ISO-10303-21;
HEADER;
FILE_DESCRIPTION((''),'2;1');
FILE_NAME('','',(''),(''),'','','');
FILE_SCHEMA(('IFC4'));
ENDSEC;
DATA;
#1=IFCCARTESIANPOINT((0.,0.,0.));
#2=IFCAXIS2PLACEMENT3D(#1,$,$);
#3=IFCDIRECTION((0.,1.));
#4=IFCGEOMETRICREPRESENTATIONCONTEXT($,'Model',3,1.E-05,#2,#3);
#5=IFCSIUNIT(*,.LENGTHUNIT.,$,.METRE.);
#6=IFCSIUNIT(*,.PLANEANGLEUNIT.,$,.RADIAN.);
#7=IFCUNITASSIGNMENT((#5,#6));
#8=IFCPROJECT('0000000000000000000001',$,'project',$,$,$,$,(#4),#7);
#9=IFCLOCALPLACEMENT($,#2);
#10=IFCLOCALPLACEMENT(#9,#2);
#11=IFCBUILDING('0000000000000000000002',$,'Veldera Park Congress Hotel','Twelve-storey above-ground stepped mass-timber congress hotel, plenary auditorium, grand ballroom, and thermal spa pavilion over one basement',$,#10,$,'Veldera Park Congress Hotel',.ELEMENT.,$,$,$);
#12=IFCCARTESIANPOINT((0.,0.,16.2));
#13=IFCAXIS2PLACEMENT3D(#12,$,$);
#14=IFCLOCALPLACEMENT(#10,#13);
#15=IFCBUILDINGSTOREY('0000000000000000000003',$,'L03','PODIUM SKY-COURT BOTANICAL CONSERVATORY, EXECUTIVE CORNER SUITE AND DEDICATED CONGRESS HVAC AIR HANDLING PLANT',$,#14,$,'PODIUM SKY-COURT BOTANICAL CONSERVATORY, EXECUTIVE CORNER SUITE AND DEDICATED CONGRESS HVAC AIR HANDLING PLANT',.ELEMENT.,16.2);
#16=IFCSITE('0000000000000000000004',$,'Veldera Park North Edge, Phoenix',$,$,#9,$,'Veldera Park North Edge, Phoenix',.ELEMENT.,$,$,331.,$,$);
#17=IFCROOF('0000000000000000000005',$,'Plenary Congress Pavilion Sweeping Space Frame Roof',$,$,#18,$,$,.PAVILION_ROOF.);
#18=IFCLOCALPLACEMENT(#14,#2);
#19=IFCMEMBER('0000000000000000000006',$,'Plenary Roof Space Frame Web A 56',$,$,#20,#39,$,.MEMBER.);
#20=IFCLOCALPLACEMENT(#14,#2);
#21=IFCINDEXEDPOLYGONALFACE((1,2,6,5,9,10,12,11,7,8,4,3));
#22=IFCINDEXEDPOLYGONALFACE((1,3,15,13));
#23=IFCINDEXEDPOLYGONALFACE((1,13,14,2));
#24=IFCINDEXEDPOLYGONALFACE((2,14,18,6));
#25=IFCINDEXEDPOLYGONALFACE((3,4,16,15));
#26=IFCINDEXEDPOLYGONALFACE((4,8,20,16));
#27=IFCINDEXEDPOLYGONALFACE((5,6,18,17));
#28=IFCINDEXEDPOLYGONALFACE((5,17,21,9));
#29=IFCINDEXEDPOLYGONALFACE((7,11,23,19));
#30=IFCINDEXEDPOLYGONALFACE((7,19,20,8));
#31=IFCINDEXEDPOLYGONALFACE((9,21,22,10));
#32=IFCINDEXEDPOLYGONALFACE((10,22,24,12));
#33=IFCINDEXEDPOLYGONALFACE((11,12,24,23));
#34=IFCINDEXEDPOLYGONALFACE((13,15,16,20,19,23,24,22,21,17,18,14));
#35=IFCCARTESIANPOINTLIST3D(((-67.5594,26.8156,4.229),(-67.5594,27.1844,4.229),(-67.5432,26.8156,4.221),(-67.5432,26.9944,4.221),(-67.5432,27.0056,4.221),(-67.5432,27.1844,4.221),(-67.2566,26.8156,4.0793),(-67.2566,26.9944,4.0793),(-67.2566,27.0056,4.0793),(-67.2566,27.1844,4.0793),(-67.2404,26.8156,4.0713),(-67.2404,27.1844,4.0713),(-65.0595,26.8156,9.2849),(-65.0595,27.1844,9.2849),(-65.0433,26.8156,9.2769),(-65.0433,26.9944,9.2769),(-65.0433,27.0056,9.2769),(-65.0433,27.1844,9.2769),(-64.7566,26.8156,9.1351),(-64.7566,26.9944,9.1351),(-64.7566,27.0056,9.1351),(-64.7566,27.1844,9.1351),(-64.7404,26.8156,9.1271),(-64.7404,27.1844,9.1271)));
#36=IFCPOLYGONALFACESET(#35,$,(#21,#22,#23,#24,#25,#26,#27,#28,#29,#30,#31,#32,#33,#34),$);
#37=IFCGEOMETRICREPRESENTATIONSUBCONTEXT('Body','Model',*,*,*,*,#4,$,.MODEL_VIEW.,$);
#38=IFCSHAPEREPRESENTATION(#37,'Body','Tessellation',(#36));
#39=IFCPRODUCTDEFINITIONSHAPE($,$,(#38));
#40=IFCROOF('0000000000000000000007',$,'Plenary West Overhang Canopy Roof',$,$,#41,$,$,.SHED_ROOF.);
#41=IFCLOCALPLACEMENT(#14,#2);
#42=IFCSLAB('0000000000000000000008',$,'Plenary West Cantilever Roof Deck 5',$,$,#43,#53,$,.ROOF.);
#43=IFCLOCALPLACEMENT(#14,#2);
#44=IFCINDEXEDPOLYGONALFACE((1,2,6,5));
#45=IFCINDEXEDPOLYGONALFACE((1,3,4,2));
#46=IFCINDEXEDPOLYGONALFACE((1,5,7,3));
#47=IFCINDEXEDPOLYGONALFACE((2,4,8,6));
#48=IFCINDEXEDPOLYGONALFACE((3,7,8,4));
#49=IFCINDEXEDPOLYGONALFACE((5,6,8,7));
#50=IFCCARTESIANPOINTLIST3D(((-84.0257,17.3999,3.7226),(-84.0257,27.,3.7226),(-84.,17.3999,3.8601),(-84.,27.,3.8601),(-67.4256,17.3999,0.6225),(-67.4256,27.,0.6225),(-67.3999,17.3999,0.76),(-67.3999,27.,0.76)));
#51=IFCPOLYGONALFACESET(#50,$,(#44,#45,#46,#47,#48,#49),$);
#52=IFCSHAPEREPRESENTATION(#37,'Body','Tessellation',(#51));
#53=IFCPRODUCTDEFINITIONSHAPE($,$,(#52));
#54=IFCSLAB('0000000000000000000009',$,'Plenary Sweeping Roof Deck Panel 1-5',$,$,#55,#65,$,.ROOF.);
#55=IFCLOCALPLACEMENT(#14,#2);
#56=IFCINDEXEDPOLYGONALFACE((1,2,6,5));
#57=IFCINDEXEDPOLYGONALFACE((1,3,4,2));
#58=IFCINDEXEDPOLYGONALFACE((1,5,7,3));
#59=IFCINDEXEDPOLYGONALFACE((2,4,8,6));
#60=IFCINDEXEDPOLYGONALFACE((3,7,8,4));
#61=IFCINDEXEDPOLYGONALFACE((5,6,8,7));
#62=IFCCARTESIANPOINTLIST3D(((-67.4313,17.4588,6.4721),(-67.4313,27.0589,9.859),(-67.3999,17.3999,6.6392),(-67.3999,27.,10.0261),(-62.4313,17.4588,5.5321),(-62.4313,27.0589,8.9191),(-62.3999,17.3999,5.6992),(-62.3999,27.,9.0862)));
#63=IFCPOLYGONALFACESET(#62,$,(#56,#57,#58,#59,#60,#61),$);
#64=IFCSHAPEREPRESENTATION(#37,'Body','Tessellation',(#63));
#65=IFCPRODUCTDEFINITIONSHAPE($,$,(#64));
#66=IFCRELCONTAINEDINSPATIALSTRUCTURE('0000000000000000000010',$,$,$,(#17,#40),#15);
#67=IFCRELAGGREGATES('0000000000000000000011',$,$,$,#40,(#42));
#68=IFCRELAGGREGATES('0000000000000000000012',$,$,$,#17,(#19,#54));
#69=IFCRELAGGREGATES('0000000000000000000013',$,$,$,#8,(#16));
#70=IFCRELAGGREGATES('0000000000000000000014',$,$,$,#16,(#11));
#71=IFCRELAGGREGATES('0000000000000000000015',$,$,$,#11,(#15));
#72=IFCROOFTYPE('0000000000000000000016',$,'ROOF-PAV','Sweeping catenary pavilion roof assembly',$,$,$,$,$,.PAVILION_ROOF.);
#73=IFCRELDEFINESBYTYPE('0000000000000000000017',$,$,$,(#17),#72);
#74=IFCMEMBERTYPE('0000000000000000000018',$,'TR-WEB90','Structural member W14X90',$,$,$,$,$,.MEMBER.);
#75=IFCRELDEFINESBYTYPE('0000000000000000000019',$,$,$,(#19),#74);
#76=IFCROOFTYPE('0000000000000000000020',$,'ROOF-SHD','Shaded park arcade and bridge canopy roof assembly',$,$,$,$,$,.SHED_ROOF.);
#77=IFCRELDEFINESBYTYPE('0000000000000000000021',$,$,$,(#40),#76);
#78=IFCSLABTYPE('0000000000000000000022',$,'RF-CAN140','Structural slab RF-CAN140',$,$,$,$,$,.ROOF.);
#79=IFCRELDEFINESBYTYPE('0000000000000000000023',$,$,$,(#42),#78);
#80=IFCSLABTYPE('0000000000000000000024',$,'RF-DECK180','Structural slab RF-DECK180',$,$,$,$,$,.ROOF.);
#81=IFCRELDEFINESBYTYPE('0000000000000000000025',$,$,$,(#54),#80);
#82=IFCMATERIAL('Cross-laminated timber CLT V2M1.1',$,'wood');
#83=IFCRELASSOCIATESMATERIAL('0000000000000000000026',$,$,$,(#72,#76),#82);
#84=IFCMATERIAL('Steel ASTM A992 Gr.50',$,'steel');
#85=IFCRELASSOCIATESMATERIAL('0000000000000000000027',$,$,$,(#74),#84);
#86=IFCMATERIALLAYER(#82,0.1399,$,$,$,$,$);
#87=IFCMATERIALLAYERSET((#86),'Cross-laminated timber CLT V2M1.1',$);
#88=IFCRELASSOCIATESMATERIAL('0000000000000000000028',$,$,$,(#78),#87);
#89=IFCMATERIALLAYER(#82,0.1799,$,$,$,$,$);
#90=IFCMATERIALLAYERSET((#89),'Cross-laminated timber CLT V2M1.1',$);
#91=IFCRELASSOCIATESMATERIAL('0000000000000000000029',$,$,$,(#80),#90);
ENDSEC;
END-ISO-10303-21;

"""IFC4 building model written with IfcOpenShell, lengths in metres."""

from ifc_helpers import new_model, si_unit, direction, frame, origin, origin_2d, place, context, subcontext, project, spatial, polyline, i_section, outline, extrude, material, layer, layer_set, material_profile, profile_set, type_object, element, aggregate, save


model = new_model("IFC4")

# Units and contexts
model_context = context("Model", 3, precision=1e-05, world=origin(), true_north=direction((0.0, 1.0)))
body_context = subcontext(model_context, "Body", "Model", "MODEL_VIEW")
ifc_project = project(units=[si_unit("LENGTHUNIT", "METRE"), si_unit("PLANEANGLEUNIT", "RADIAN")], contexts=[model_context])

# Site, building, storey
site_placement = place(None, origin())
site = spatial("IfcSite", under=ifc_project, at=site_placement, Name="Veldera Park North Edge, Phoenix", LongName="Veldera Park North Edge, Phoenix", CompositionType="ELEMENT", RefElevation=331.0)
building_placement = place(site_placement, origin())
building = spatial("IfcBuilding", under=site, at=building_placement, Name="Veldera Park Congress Hotel", Description="Twelve-storey above-ground stepped mass-timber congress hotel, plenary auditorium, grand ballroom, and thermal spa pavilion over one basement", LongName="Veldera Park Congress Hotel", CompositionType="ELEMENT")
storey_placement = place(building_placement, frame((0.0, 0.0, 16.2)))
storey = spatial("IfcBuildingStorey", under=building, at=storey_placement, Name="L03", Description="PODIUM SKY-COURT BOTANICAL CONSERVATORY, EXECUTIVE CORNER SUITE AND DEDICATED CONGRESS HVAC AIR HANDLING PLANT", LongName="PODIUM SKY-COURT BOTANICAL CONSERVATORY, EXECUTIVE CORNER SUITE AND DEDICATED CONGRESS HVAC AIR HANDLING PLANT", CompositionType="ELEMENT", Elevation=16.2)

# Shared definitions
ifc_material_1 = material(Name="Steel ASTM A992 Gr.50", Category="steel")

# Roof, member
ifc_material_2 = material(Name="Cross-laminated timber CLT V2M1.1", Category="wood")
roof_type_1 = type_object("IfcRoofType", Name="ROOF-PAV", Description="Sweeping catenary pavilion roof assembly", PredefinedType="PAVILION_ROOF", material=ifc_material_2)
roof_1_placement = place(storey_placement, origin())
roof_1 = element("IfcRoof", 1, at=roof_1_placement, inside=storey, type_object=roof_type_1, Name="Plenary Congress Pavilion Sweeping Space Frame Roof", PredefinedType="PAVILION_ROOF")
ifc_material_profile_1 = material_profile(ifc_material_1, i_section(OverallWidth=0.3689, OverallDepth=0.356, WebThickness=0.0112, FlangeThickness=0.0181, at=origin_2d()), Name="W14X90")
ifc_profile_set_1 = profile_set([ifc_material_profile_1], Name="Steel ASTM A992 Gr.50")
member_type_1 = type_object("IfcMemberType", Name="TR-WEB90", Description="Structural member W14X90", PredefinedType="MEMBER", material=ifc_profile_set_1)
member_1_placement = place(storey_placement, frame((-67.3999, 27.0, 4.1501), z_axis=(0.443244, 0.0, 0.896401), x_axis=(0.0, 1.0, 0.0)))
member_1 = element("IfcMember", 2, at=member_1_placement, type_object=member_type_1, Name="Plenary Roof Space Frame Web A 56", PredefinedType="MEMBER", context=body_context, shape_type="SweptSolid", body=[
    extrude(i_section(OverallWidth=0.3689, OverallDepth=0.356, WebThickness=0.0112, FlangeThickness=0.0181, at=origin_2d()), origin(), (0.0, 0.0, 1.0), 5.6401),
])

# Roof, slab
roof_type_2 = type_object("IfcRoofType", Name="ROOF-SHD", Description="Shaded park arcade and bridge canopy roof assembly", PredefinedType="SHED_ROOF", material=ifc_material_2)
roof_2_placement = place(storey_placement, origin())
roof_2 = element("IfcRoof", 3, at=roof_2_placement, inside=storey, type_object=roof_type_2, Name="Plenary West Overhang Canopy Roof", PredefinedType="SHED_ROOF")
ifc_layer_1 = layer(ifc_material_2, 0.1399)
ifc_layer_set_1 = layer_set([ifc_layer_1], Name="Cross-laminated timber CLT V2M1.1")
slab_type_1 = type_object("IfcSlabType", Name="RF-CAN140", Description="Structural slab RF-CAN140", PredefinedType="ROOF", material=ifc_layer_set_1)
slab_1_placement = place(storey_placement, frame((-84.0, 17.3999, 3.8601), z_axis=(0.183578, 0.0, 0.983005), x_axis=(0.983005, 0.0, -0.183578)))
slab_1 = element("IfcSlab", 4, at=slab_1_placement, type_object=slab_type_1, Name="Plenary West Cantilever Roof Deck 5", PredefinedType="ROOF", context=body_context, shape_type="SweptSolid", body=[
    extrude(outline(polyline([(0.0, 0.0), (16.8871, 0.0), (16.8871, 9.6001), (0.0, 9.6001), (0.0, 0.0)])), origin(), (0.0, 0.0, -1.0), 0.1399),
])
aggregate(roof_2, [slab_1])

# Slab
ifc_layer_2 = layer(ifc_material_2, 0.1799)
ifc_layer_set_2 = layer_set([ifc_layer_2], Name="Cross-laminated timber CLT V2M1.1")
slab_type_2 = type_object("IfcSlabType", Name="RF-DECK180", Description="Structural slab RF-DECK180", PredefinedType="ROOF", material=ifc_layer_set_2)
slab_2_placement = place(storey_placement, frame((-67.3999, 17.3999, 6.6392), z_axis=(0.174557, -0.327598, 0.928552), x_axis=(0.982785, 0.0, -0.184752)))
slab_2 = element("IfcSlab", 5, at=slab_2_placement, type_object=slab_type_2, Name="Plenary Sweeping Roof Deck Panel 1-5", PredefinedType="ROOF", context=body_context, shape_type="SweptSolid", body=[
    extrude(outline(polyline([(0.0, 0.0), (5.0876, 0.0), (4.4618, 10.1608), (-0.6257, 10.1608), (0.0, 0.0)])), origin(), (0.0, 0.0, -1.0), 0.1799),
])
aggregate(roof_1, [member_1, slab_2])

save(model, "model.ifc")
